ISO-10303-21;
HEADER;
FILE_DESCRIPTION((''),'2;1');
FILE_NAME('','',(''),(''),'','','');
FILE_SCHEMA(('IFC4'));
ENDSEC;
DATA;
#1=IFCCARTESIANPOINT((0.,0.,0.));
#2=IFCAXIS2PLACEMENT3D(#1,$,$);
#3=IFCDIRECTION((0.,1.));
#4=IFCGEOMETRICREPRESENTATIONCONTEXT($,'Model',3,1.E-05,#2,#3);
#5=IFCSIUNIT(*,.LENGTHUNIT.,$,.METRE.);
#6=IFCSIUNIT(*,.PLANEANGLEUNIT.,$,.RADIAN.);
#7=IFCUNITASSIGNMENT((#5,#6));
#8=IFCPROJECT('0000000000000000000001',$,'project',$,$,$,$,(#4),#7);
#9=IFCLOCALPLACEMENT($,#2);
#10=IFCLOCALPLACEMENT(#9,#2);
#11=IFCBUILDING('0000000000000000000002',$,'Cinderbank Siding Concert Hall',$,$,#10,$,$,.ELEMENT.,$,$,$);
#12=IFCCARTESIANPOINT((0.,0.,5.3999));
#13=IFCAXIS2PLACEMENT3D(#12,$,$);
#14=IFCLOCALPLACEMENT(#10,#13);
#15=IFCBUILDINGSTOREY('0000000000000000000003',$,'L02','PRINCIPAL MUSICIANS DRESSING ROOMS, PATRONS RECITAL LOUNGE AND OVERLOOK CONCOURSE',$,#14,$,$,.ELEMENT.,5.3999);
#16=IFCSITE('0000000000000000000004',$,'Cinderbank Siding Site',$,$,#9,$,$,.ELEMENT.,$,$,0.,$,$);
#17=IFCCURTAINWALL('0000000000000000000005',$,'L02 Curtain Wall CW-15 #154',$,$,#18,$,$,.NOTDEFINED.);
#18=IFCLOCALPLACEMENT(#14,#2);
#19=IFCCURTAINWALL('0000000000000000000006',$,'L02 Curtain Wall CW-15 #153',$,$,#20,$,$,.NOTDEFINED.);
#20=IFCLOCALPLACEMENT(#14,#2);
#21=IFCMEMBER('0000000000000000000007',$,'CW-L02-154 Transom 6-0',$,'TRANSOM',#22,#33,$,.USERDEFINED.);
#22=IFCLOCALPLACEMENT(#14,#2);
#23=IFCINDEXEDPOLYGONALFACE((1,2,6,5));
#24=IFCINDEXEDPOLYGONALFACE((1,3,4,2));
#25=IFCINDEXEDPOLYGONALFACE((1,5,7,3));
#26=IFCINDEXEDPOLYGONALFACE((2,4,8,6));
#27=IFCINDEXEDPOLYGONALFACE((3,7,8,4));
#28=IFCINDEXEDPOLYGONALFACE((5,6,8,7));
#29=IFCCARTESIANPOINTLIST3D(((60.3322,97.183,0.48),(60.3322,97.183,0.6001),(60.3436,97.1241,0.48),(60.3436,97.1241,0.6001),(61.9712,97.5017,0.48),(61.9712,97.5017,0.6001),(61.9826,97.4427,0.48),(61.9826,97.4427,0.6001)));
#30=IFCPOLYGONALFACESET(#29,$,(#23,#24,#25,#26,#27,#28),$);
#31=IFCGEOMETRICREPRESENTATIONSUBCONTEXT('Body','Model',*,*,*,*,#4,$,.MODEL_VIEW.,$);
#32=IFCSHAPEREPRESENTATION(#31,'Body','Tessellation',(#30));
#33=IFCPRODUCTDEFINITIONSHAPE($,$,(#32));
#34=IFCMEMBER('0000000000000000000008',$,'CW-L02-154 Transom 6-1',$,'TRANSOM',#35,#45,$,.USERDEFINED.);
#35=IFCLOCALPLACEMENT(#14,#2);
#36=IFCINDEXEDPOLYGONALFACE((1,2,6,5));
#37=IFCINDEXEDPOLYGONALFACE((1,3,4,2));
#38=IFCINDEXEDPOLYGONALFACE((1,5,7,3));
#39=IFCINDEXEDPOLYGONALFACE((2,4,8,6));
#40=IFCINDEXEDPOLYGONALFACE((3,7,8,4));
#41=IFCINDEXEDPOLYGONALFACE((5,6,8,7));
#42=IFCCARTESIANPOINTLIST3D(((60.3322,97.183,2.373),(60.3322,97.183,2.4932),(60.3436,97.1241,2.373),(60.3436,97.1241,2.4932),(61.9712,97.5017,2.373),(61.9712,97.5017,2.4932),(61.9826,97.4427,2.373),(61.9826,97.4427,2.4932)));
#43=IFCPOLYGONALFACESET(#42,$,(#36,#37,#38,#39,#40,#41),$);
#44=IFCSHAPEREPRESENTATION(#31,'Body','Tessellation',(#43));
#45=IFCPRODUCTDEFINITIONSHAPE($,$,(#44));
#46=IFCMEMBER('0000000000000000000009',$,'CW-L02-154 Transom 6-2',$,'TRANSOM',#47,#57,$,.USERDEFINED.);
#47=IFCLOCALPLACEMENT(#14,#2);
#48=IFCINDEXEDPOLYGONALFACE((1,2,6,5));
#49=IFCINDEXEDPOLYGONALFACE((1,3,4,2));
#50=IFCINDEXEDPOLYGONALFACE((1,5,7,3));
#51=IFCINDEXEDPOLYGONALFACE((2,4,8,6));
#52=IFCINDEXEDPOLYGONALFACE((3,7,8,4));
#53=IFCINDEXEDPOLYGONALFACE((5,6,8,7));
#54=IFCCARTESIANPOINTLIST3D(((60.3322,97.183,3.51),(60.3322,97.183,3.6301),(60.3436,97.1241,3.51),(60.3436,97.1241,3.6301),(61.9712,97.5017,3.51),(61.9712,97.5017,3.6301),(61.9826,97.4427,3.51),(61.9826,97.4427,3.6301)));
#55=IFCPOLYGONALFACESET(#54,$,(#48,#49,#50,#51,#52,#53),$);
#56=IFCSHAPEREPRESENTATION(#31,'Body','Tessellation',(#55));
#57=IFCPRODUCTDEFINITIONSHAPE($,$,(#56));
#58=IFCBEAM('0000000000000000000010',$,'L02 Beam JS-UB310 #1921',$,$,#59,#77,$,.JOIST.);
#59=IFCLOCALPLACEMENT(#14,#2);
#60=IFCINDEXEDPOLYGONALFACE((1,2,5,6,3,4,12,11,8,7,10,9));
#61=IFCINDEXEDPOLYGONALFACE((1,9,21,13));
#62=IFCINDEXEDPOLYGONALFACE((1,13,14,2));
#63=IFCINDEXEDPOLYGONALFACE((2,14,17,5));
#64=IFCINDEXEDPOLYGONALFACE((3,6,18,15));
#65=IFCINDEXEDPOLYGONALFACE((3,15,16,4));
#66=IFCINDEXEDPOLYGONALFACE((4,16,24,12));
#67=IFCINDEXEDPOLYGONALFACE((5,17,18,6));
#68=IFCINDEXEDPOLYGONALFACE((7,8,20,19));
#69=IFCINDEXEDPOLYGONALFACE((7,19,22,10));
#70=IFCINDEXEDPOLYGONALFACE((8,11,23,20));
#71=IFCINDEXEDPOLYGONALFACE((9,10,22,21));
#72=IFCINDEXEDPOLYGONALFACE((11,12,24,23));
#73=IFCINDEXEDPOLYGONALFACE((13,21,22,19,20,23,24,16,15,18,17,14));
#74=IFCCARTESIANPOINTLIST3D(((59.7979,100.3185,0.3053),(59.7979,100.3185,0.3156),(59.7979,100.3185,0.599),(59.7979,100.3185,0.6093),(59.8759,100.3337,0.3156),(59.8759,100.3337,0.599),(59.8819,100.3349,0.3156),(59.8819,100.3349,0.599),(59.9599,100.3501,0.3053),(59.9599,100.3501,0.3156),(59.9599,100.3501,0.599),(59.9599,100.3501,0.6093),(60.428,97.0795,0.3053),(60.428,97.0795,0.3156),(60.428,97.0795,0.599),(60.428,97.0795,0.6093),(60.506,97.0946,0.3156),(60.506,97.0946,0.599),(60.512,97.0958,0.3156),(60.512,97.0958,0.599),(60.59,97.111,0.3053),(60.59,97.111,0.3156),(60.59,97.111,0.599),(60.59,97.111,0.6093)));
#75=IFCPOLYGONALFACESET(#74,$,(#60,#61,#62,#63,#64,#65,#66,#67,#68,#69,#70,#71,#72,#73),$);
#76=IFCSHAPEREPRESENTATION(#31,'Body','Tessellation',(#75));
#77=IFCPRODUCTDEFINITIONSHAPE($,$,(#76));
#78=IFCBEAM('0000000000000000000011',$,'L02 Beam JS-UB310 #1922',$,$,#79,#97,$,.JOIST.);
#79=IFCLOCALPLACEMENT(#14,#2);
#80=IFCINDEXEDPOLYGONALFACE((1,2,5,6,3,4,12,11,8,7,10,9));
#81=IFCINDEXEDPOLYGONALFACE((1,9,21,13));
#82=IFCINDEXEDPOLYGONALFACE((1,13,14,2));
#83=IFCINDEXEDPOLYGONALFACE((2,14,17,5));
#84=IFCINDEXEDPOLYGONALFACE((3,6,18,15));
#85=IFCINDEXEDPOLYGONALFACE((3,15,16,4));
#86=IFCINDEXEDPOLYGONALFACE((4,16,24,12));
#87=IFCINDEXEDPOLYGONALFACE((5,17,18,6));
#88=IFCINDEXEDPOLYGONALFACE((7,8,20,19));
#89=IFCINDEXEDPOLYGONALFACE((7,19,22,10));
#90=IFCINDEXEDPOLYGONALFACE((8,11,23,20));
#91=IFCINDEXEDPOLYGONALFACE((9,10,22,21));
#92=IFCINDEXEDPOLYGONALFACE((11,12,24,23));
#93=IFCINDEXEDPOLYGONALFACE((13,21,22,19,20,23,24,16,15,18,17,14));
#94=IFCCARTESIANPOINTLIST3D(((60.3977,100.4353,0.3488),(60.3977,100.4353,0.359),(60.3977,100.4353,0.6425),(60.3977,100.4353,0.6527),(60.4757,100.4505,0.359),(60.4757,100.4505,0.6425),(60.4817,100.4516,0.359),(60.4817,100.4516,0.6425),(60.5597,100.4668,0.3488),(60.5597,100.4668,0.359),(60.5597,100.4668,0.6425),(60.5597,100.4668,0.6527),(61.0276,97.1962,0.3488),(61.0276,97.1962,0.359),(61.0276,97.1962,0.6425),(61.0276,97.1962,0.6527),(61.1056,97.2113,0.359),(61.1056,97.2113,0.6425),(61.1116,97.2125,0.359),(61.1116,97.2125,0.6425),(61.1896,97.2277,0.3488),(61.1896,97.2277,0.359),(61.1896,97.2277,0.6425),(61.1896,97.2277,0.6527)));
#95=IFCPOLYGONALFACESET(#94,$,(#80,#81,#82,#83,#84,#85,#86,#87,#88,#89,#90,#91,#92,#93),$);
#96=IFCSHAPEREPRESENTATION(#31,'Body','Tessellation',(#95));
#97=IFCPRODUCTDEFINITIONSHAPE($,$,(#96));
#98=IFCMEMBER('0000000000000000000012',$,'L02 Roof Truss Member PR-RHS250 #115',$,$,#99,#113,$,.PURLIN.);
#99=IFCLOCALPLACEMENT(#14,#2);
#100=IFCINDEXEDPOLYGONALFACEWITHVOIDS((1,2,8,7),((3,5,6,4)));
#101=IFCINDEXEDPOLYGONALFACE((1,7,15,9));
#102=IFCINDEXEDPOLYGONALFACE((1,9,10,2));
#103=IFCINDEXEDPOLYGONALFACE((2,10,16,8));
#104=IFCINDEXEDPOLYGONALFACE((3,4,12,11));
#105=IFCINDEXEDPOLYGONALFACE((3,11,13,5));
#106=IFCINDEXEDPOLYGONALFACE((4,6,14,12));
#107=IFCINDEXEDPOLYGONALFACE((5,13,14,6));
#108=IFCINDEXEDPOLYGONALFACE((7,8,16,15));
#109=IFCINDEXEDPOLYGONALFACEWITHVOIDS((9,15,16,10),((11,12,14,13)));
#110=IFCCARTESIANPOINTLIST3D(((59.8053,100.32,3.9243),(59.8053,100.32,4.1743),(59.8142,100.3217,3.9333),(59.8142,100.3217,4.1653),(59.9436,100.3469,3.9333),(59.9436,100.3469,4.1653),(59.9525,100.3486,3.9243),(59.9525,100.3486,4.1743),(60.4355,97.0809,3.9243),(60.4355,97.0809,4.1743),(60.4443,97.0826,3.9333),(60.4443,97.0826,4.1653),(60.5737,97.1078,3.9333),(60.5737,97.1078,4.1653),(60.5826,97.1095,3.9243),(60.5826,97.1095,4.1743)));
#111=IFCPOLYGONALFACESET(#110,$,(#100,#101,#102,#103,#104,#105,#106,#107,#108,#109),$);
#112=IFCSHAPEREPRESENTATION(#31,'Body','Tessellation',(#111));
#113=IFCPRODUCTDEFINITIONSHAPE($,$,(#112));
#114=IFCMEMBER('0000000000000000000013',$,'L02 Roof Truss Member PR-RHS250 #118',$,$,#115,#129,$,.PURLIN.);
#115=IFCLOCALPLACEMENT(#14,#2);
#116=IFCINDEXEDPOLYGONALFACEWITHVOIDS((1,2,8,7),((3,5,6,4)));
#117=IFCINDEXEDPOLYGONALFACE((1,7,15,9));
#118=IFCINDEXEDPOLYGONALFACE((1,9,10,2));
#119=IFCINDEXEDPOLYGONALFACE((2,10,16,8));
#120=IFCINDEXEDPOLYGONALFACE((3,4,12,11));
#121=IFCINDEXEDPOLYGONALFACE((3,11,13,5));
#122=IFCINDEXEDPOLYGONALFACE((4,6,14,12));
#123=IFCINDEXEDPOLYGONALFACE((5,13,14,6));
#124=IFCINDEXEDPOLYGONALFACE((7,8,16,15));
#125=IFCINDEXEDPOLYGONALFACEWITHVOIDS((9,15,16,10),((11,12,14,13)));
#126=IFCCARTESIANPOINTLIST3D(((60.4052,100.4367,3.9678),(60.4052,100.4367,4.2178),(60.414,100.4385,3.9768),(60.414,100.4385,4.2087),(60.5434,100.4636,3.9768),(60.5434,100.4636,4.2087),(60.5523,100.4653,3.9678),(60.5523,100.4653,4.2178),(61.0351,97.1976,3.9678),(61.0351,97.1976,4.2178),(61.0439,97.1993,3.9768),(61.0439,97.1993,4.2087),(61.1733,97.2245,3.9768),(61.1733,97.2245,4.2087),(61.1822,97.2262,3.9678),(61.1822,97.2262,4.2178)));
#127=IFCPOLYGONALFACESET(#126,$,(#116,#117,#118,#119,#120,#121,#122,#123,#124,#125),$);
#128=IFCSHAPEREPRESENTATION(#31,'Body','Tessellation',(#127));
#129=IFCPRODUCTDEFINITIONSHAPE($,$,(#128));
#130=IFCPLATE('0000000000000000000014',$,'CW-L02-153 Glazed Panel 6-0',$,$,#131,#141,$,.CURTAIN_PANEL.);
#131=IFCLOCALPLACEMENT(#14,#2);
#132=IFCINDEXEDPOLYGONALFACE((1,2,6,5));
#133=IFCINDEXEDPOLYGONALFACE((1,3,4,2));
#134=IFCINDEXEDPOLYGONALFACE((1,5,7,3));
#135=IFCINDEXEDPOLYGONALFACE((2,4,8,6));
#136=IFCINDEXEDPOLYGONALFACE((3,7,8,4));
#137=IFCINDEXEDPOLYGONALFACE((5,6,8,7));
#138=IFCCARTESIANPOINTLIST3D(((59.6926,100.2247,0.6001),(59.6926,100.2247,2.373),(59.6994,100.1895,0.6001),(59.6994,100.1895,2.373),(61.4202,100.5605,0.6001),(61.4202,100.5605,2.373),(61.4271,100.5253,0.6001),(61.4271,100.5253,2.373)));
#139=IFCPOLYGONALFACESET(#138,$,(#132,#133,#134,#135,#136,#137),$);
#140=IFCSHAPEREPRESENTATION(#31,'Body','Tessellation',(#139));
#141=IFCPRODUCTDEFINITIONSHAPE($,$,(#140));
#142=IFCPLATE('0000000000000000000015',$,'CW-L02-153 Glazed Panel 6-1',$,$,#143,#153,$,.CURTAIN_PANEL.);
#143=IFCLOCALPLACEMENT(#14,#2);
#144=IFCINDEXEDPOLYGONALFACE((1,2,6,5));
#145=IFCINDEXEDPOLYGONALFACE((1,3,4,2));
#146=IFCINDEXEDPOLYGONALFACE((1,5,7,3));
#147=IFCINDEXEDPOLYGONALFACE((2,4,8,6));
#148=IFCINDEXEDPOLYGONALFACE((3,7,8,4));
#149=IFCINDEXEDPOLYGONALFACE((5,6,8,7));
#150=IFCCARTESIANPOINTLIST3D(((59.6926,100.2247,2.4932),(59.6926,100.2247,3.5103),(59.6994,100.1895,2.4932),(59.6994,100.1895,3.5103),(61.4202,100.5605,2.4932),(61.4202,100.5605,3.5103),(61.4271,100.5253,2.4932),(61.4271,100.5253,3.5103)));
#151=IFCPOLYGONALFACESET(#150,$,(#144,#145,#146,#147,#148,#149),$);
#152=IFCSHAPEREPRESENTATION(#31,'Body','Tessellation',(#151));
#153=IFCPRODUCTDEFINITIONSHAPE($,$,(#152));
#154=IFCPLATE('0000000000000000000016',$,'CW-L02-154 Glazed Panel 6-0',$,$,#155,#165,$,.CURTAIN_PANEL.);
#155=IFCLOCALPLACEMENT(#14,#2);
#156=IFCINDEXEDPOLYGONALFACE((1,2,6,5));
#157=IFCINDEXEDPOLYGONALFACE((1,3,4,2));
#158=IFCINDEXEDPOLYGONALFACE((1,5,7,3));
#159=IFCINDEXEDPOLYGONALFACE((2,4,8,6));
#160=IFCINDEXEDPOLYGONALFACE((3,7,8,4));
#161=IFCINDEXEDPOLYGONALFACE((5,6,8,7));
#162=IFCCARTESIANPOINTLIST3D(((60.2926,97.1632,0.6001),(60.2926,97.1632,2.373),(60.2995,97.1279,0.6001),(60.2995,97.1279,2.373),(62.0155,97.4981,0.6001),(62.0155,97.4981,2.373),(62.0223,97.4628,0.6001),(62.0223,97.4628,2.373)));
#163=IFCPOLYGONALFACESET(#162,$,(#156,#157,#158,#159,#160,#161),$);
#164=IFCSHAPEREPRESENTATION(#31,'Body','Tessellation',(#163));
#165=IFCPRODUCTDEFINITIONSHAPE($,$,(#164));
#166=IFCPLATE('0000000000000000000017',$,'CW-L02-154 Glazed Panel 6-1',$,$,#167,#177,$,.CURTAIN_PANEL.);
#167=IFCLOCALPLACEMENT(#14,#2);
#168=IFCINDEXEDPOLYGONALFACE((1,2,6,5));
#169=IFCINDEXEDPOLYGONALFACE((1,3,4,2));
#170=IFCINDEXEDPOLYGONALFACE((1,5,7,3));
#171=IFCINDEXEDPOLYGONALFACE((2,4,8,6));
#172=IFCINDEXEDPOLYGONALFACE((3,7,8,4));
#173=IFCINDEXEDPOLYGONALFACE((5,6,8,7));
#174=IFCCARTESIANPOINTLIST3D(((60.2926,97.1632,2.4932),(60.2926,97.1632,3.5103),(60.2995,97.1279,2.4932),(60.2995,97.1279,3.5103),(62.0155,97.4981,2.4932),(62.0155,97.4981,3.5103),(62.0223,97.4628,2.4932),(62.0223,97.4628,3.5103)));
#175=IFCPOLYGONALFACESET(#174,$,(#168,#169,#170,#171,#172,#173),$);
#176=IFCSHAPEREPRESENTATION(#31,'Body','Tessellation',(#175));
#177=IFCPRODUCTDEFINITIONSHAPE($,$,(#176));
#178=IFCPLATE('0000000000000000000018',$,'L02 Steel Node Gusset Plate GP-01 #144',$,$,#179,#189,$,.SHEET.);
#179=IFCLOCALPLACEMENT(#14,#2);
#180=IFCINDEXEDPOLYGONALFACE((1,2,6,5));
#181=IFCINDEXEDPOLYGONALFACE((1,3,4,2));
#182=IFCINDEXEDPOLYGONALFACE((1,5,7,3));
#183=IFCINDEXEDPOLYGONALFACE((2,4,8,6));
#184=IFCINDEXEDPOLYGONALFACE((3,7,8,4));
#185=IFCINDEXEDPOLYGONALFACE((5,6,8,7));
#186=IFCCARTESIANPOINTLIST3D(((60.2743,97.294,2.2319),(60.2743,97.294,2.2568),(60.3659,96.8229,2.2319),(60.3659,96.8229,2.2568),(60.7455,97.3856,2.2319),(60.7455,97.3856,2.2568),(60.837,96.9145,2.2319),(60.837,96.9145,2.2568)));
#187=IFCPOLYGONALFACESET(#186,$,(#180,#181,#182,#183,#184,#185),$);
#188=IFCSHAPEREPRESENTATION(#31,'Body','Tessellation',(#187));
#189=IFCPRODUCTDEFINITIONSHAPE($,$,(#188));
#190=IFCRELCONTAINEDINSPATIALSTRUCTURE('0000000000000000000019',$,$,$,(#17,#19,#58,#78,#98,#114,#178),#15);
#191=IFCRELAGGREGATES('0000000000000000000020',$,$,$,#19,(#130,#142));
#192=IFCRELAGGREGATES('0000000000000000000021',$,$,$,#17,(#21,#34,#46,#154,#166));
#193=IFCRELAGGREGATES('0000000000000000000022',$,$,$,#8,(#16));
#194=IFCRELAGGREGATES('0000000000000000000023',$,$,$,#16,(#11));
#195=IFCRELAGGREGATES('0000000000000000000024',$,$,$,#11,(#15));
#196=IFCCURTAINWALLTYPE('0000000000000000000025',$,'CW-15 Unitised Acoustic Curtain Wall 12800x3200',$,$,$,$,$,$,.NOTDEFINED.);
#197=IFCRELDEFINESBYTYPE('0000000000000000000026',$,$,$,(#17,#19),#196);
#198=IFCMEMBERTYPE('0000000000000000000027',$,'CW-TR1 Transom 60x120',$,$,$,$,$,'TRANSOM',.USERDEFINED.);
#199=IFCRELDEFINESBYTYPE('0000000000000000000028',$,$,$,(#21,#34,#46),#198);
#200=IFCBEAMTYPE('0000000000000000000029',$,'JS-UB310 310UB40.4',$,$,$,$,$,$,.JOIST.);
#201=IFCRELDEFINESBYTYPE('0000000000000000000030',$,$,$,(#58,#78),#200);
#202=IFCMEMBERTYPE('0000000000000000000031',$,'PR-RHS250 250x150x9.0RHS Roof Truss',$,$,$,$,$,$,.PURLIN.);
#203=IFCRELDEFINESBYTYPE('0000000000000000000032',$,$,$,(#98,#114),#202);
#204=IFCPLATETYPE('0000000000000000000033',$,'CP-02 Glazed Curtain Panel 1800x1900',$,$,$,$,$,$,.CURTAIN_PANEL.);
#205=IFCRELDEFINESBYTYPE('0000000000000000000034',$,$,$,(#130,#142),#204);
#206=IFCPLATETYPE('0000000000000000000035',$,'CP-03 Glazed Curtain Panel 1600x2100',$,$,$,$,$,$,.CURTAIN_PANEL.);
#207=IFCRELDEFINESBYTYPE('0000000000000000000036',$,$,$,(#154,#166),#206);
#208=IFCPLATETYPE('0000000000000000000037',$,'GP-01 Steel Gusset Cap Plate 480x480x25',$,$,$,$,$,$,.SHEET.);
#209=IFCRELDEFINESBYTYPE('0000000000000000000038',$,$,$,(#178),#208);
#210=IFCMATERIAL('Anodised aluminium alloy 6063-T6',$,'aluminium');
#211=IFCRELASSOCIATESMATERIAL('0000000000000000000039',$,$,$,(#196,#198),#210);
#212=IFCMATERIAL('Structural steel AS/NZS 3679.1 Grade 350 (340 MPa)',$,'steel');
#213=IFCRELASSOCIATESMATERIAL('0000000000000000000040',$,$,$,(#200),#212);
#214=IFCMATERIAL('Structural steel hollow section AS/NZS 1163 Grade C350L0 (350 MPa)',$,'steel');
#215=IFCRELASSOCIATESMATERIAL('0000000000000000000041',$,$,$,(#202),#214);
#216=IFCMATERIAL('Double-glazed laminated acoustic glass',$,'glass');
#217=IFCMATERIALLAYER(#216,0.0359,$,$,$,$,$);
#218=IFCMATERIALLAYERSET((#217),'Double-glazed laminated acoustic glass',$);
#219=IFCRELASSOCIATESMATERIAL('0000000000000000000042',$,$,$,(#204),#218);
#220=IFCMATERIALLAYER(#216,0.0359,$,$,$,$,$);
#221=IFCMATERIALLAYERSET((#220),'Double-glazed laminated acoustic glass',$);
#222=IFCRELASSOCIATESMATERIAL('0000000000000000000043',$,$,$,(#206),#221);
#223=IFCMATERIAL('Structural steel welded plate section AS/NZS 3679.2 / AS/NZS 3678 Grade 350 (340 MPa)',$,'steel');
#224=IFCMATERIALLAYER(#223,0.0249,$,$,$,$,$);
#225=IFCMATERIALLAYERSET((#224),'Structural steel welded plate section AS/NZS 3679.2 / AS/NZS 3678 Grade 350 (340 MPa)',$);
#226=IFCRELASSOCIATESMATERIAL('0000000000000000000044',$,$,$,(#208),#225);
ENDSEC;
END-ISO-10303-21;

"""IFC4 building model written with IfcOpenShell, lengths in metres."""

from ifc_helpers import new_model, si_unit, direction, frame, origin, origin_2d, place, context, subcontext, project, spatial, rectangle, hollow_rectangle, i_section, extrude, material, layer, layer_set, material_profile, profile_set, type_object, element, aggregate, save


model = new_model("IFC4")

# Units and contexts
model_context = context("Model", 3, precision=1e-05, world=origin(), true_north=direction((0.0, 1.0)))
body_context = subcontext(model_context, "Body", "Model", "MODEL_VIEW")
ifc_project = project(units=[si_unit("LENGTHUNIT", "METRE"), si_unit("PLANEANGLEUNIT", "RADIAN")], contexts=[model_context])

# Site, building, storey
site_placement = place(None, origin())
site = spatial("IfcSite", under=ifc_project, at=site_placement, Name="Cinderbank Siding Site", CompositionType="ELEMENT", RefElevation=0.0)
building_placement = place(site_placement, origin())
building = spatial("IfcBuilding", under=site, at=building_placement, Name="Cinderbank Siding Concert Hall", CompositionType="ELEMENT")
storey_placement = place(building_placement, frame((0.0, 0.0, 5.3999)))
storey = spatial("IfcBuildingStorey", under=building, at=storey_placement, Name="L02", Description="PRINCIPAL MUSICIANS DRESSING ROOMS, PATRONS RECITAL LOUNGE AND OVERLOOK CONCOURSE", CompositionType="ELEMENT", Elevation=5.3999)

# Shared definitions
ifc_material_1 = material(Name="Structural steel hollow section AS/NZS 1163 Grade C350L0 (350 MPa)", Category="steel")

# Curtain walls
ifc_material_2 = material(Name="Anodised aluminium alloy 6063-T6", Category="aluminium")
curtain_wall_type = type_object("IfcCurtainWallType", Name="CW-15 Unitised Acoustic Curtain Wall 12800x3200", PredefinedType="NOTDEFINED", material=ifc_material_2)
curtain_wall_1_placement = place(storey_placement, origin())
curtain_wall_1 = element("IfcCurtainWall", 1, at=curtain_wall_1_placement, inside=storey, type_object=curtain_wall_type, Name="L02 Curtain Wall CW-15 #154", PredefinedType="NOTDEFINED")
curtain_wall_2_placement = place(storey_placement, origin())
curtain_wall_2 = element("IfcCurtainWall", 2, at=curtain_wall_2_placement, inside=storey, type_object=curtain_wall_type, Name="L02 Curtain Wall CW-15 #153", PredefinedType="NOTDEFINED")

# Members
ifc_material_profile_1 = material_profile(ifc_material_2, rectangle(XDim=0.0601, YDim=0.1201, at=origin_2d()), Name="ALU-TRAN-60x120", Category="LoadBearing")
ifc_profile_set_1 = profile_set([ifc_material_profile_1], Name="Anodised aluminium alloy 6063-T6")
member_type_1 = type_object("IfcMemberType", Name="CW-TR1 Transom 60x120", ElementType="TRANSOM", PredefinedType="USERDEFINED", material=ifc_profile_set_1)
member_1_placement = place(storey_placement, frame((60.3379, 97.1536, 0.54), z_axis=(0.981624, 0.190827, 0.0), x_axis=(-0.190827, 0.981624, 0.0)))
member_1 = element("IfcMember", 3, at=member_1_placement, type_object=member_type_1, Name="CW-L02-154 Transom 6-0", ObjectType="TRANSOM", PredefinedType="USERDEFINED", context=body_context, shape_type="SweptSolid", body=[
    extrude(rectangle(XDim=0.0601, YDim=0.1201, at=origin_2d()), origin(), (0.0, 0.0, 1.0), 1.6697),
])
member_2_placement = place(storey_placement, frame((60.3379, 97.1536, 2.4331), z_axis=(0.981624, 0.190827, 0.0), x_axis=(-0.190827, 0.981624, 0.0)))
member_2 = element("IfcMember", 4, at=member_2_placement, type_object=member_type_1, Name="CW-L02-154 Transom 6-1", ObjectType="TRANSOM", PredefinedType="USERDEFINED", context=body_context, shape_type="SweptSolid", body=[
    extrude(rectangle(XDim=0.0601, YDim=0.1201, at=origin_2d()), origin(), (0.0, 0.0, 1.0), 1.6697),
])
member_3_placement = place(storey_placement, frame((60.3379, 97.1536, 3.5701), z_axis=(0.981624, 0.190827, 0.0), x_axis=(-0.190827, 0.981624, 0.0)))
member_3 = element("IfcMember", 5, at=member_3_placement, type_object=member_type_1, Name="CW-L02-154 Transom 6-2", ObjectType="TRANSOM", PredefinedType="USERDEFINED", context=body_context, shape_type="SweptSolid", body=[
    extrude(rectangle(XDim=0.0601, YDim=0.1201, at=origin_2d()), origin(), (0.0, 0.0, 1.0), 1.6697),
])

# Beams
ifc_material_3 = material(Name="Structural steel AS/NZS 3679.1 Grade 350 (340 MPa)", Category="steel")
ifc_material_profile_2 = material_profile(ifc_material_3, i_section(OverallWidth=0.165, OverallDepth=0.304, WebThickness=0.0061, FlangeThickness=0.0103, at=origin_2d()), Name="310UB40.4", Category="LoadBearing")
ifc_profile_set_2 = profile_set([ifc_material_profile_2], Name="Structural steel AS/NZS 3679.1 Grade 350 (340 MPa)")
beam_type = type_object("IfcBeamType", Name="JS-UB310 310UB40.4", PredefinedType="JOIST", material=ifc_profile_set_2)
for number, where, z_axis, x_axis, name in (
    (6, (60.509, 97.0952, 0.4573), (-0.190963, 0.981597, 0.0), (-0.981597, -0.190963, 0.0), "L02 Beam JS-UB310 #1921"),
    (7, (61.1086, 97.2119, 0.5007), (-0.190891, 0.981611, 0.0), (-0.981611, -0.190891, 0.0), "L02 Beam JS-UB310 #1922"),
):
    element("IfcBeam", number, at=place(storey_placement, frame(where, z_axis=z_axis, x_axis=x_axis)), inside=storey, type_object=beam_type, Name=name, PredefinedType="JOIST", context=body_context, shape_type="SweptSolid", body=[
        extrude(i_section(OverallWidth=0.165, OverallDepth=0.304, WebThickness=0.0061, FlangeThickness=0.0103, at=origin_2d()), origin(), (0.0, 0.0, 1.0), 3.2998),
    ])

# Members
ifc_material_profile_3 = material_profile(ifc_material_1, hollow_rectangle(XDim=0.1499, YDim=0.25, WallThickness=0.009, at=origin_2d()), Name="250x150x9.0RHS", Category="LoadBearing")
ifc_profile_set_3 = profile_set([ifc_material_profile_3], Name="Structural steel hollow section AS/NZS 1163 Grade C350L0 (350 MPa)")
member_type_2 = type_object("IfcMemberType", Name="PR-RHS250 250x150x9.0RHS Roof Truss", PredefinedType="PURLIN", material=ifc_profile_set_3)
for number, where, z_axis, x_axis, name in (
    (8, (60.509, 97.0952, 4.0493), (-0.190963, 0.981597, 0.0), (-0.981597, -0.190963, 0.0), "L02 Roof Truss Member PR-RHS250 #115"),
    (9, (61.1086, 97.2119, 4.0928), (-0.190891, 0.981611, 0.0), (-0.981611, -0.190891, 0.0), "L02 Roof Truss Member PR-RHS250 #118"),
):
    element("IfcMember", number, at=place(storey_placement, frame(where, z_axis=z_axis, x_axis=x_axis)), inside=storey, type_object=member_type_2, Name=name, PredefinedType="PURLIN", context=body_context, shape_type="SweptSolid", body=[
        extrude(hollow_rectangle(XDim=0.1499, YDim=0.25, WallThickness=0.009, at=origin_2d()), origin(), (0.0, 0.0, 1.0), 3.2998),
    ])

# Plates
ifc_material_4 = material(Name="Double-glazed laminated acoustic glass", Category="glass")
ifc_layer_1 = layer(ifc_material_4, 0.0359)
ifc_layer_set_1 = layer_set([ifc_layer_1], Name="Double-glazed laminated acoustic glass")
plate_type_1 = type_object("IfcPlateType", Name="CP-02 Glazed Curtain Panel 1800x1900", PredefinedType="CURTAIN_PANEL", material=ifc_layer_set_1)
plate_1_placement = place(storey_placement, frame((60.5598, 100.375, 0.6001), z_axis=(0.0, 0.0, 1.0), x_axis=(0.981627, 0.190811, 0.0)))
plate_1 = element("IfcPlate", 10, at=plate_1_placement, type_object=plate_type_1, Name="CW-L02-153 Glazed Panel 6-0", PredefinedType="CURTAIN_PANEL", context=body_context, shape_type="SweptSolid", body=[
    extrude(rectangle(XDim=1.76, YDim=0.0359, at=origin_2d()), origin(), (0.0, 0.0, 1.0), 1.7729),
])
plate_2_placement = place(storey_placement, frame((60.5598, 100.375, 2.4932), z_axis=(0.0, 0.0, 1.0), x_axis=(0.981627, 0.190811, 0.0)))
plate_2 = element("IfcPlate", 11, at=plate_2_placement, type_object=plate_type_1, Name="CW-L02-153 Glazed Panel 6-1", PredefinedType="CURTAIN_PANEL", context=body_context, shape_type="SweptSolid", body=[
    extrude(rectangle(XDim=1.76, YDim=0.0359, at=origin_2d()), origin(), (0.0, 0.0, 1.0), 1.0171),
])
aggregate(curtain_wall_2, [plate_1, plate_2])
ifc_layer_2 = layer(ifc_material_4, 0.0359)
ifc_layer_set_2 = layer_set([ifc_layer_2], Name="Double-glazed laminated acoustic glass")
plate_type_2 = type_object("IfcPlateType", Name="CP-03 Glazed Curtain Panel 1600x2100", PredefinedType="CURTAIN_PANEL", material=ifc_layer_set_2)
plate_3_placement = place(storey_placement, frame((61.1575, 97.313, 0.6001), z_axis=(0.0, 0.0, 1.0), x_axis=(0.981627, 0.190811, 0.0)))
plate_3 = element("IfcPlate", 12, at=plate_3_placement, type_object=plate_type_2, Name="CW-L02-154 Glazed Panel 6-0", PredefinedType="CURTAIN_PANEL", context=body_context, shape_type="SweptSolid", body=[
    extrude(rectangle(XDim=1.7551, YDim=0.0359, at=origin_2d()), origin(), (0.0, 0.0, 1.0), 1.7729),
])
plate_4_placement = place(storey_placement, frame((61.1575, 97.313, 2.4932), z_axis=(0.0, 0.0, 1.0), x_axis=(0.981627, 0.190811, 0.0)))
plate_4 = element("IfcPlate", 13, at=plate_4_placement, type_object=plate_type_2, Name="CW-L02-154 Glazed Panel 6-1", PredefinedType="CURTAIN_PANEL", context=body_context, shape_type="SweptSolid", body=[
    extrude(rectangle(XDim=1.7551, YDim=0.0359, at=origin_2d()), origin(), (0.0, 0.0, 1.0), 1.0171),
])
aggregate(curtain_wall_1, [member_1, member_2, member_3, plate_3, plate_4])

# Plate
ifc_material_5 = material(Name="Structural steel welded plate section AS/NZS 3679.2 / AS/NZS 3678 Grade 350 (340 MPa)", Category="steel")
ifc_layer_3 = layer(ifc_material_5, 0.0249)
ifc_layer_set_3 = layer_set([ifc_layer_3], Name="Structural steel welded plate section AS/NZS 3679.2 / AS/NZS 3678 Grade 350 (340 MPa)")
plate_type_3 = type_object("IfcPlateType", Name="GP-01 Steel Gusset Cap Plate 480x480x25", PredefinedType="SHEET", material=ifc_layer_set_3)
for number, where, z_axis, x_axis, name in (
    (14, (60.5557, 97.1042, 2.2319), (0.0, 0.0, 1.0), (0.981627, 0.190809, 0.0), "L02 Steel Node Gusset Plate GP-01 #144"),
):
    element("IfcPlate", number, at=place(storey_placement, frame(where, z_axis=z_axis, x_axis=x_axis)), inside=storey, type_object=plate_type_3, Name=name, PredefinedType="SHEET", context=body_context, shape_type="SweptSolid", body=[
        extrude(rectangle(XDim=0.48, YDim=0.48, at=origin_2d()), origin(), (0.0, 0.0, 1.0), 0.0249),
    ])

save(model, "model.ifc")
